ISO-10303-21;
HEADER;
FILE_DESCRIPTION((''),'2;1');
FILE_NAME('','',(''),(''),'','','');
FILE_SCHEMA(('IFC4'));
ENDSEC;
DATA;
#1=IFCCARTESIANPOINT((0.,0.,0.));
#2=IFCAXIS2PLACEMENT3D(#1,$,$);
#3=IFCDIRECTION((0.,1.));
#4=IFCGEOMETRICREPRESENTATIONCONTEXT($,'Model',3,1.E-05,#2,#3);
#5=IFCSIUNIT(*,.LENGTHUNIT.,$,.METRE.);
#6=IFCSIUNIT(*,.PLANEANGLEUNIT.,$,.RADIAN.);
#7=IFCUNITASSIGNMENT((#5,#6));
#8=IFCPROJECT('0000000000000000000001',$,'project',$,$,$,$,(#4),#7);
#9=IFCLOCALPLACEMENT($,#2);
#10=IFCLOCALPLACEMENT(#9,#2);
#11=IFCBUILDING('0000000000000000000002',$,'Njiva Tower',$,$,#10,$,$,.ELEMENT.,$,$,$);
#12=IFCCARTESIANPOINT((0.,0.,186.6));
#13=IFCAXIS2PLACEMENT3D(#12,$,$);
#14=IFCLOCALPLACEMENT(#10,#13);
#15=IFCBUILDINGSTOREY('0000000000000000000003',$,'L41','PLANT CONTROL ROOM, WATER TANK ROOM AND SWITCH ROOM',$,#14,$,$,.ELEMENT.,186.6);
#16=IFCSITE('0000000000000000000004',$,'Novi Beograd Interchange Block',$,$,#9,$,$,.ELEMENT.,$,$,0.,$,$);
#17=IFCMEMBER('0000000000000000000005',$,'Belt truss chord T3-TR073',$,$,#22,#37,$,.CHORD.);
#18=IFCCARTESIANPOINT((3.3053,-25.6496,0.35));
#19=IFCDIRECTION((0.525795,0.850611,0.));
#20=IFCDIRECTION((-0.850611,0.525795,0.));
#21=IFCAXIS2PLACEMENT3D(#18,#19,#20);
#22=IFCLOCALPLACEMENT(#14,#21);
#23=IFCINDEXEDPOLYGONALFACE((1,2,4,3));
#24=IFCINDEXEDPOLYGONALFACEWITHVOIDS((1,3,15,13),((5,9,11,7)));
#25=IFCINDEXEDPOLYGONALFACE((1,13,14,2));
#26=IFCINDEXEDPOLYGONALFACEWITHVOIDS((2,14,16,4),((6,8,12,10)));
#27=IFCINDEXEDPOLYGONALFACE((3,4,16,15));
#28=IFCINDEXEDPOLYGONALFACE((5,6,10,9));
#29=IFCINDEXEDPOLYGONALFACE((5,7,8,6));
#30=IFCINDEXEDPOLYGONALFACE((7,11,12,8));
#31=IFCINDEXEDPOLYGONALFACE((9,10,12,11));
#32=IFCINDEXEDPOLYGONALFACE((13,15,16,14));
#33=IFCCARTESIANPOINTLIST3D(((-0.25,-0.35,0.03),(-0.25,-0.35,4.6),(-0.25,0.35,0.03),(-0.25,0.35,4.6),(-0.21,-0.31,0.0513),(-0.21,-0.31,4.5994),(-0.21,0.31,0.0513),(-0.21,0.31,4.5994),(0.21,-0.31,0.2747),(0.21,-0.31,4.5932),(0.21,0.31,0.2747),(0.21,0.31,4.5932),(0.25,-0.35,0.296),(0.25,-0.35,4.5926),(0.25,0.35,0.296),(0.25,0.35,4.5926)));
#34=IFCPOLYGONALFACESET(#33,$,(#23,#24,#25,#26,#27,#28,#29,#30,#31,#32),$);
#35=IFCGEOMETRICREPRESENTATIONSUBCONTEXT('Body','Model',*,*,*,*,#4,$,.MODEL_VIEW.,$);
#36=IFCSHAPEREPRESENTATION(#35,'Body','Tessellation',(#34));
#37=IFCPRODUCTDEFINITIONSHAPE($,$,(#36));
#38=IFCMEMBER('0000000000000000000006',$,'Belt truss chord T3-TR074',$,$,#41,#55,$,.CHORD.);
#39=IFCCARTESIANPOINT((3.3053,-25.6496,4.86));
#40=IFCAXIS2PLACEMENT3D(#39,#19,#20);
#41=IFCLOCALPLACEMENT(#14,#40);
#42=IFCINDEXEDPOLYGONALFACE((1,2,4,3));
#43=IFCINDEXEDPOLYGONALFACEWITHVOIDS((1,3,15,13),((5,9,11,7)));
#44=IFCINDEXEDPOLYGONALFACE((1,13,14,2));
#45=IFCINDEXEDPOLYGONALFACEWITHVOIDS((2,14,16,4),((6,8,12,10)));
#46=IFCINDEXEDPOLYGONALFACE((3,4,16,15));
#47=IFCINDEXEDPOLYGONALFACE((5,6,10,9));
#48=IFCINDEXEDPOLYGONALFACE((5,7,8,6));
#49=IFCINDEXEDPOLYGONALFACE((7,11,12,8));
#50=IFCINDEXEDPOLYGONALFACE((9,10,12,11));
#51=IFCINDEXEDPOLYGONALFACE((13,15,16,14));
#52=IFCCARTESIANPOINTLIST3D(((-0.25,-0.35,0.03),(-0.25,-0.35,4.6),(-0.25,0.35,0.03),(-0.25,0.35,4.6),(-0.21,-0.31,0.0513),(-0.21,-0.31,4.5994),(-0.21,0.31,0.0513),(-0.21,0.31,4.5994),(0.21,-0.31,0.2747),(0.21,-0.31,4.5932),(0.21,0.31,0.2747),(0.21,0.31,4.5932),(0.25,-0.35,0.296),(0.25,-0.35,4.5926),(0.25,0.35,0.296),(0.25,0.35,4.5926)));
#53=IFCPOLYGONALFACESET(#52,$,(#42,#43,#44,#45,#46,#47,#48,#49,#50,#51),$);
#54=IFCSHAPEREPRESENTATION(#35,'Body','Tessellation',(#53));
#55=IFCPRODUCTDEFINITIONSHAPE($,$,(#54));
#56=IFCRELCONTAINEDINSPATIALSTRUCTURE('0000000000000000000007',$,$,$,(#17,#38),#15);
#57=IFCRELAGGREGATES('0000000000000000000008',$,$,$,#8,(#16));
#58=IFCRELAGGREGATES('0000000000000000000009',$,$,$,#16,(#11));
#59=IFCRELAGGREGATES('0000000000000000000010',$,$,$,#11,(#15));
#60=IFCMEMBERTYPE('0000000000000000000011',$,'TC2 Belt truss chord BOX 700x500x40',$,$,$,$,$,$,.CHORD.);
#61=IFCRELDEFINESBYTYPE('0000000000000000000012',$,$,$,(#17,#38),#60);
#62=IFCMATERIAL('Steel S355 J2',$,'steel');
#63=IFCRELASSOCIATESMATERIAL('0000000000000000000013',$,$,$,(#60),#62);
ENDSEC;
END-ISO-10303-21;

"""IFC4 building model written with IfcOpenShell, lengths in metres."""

from ifc_helpers import new_model, si_unit, direction, frame, origin, origin_2d, place, context, subcontext, project, spatial, hollow_rectangle, extrude, clip, halfspace, material, material_profile, profile_set, type_object, element, save


model = new_model("IFC4")

# Units and contexts
model_context = context("Model", 3, precision=1e-05, world=origin(), true_north=direction((0.0, 1.0)))
body_context = subcontext(model_context, "Body", "Model", "MODEL_VIEW")
ifc_project = project(units=[si_unit("LENGTHUNIT", "METRE"), si_unit("PLANEANGLEUNIT", "RADIAN")], contexts=[model_context])

# Site, building, storey
site_placement = place(None, origin())
site = spatial("IfcSite", under=ifc_project, at=site_placement, Name="Novi Beograd Interchange Block", CompositionType="ELEMENT", RefElevation=0.0)
building_placement = place(site_placement, origin())
building = spatial("IfcBuilding", under=site, at=building_placement, Name="Njiva Tower", CompositionType="ELEMENT")
storey_placement = place(building_placement, frame((0.0, 0.0, 186.6)))
storey = spatial("IfcBuildingStorey", under=building, at=storey_placement, Name="L41", Description="PLANT CONTROL ROOM, WATER TANK ROOM AND SWITCH ROOM", CompositionType="ELEMENT", Elevation=186.6)

# Shared definitions
ifc_material_1 = material(Name="Steel S355 J2", Category="steel")

# Members
ifc_material_profile_1 = material_profile(ifc_material_1, hollow_rectangle(XDim=0.5, YDim=0.7, WallThickness=0.04, at=origin_2d()), Name="BOX 700x500x40")
ifc_profile_set_1 = profile_set([ifc_material_profile_1], Name="Steel S355 J2")
member_type_1 = type_object("IfcMemberType", Name="TC2 Belt truss chord BOX 700x500x40", PredefinedType="CHORD", material=ifc_profile_set_1)
member_1_placement = place(storey_placement, frame((3.3053, -25.6496, 0.35), z_axis=(0.525795, 0.850611, 0.0), x_axis=(-0.850611, 0.525795, 0.0)))
element("IfcMember", 1, at=member_1_placement, inside=storey, type_object=member_type_1, Name="Belt truss chord T3-TR073", PredefinedType="CHORD", context=body_context, shape_type="Clipping", body=[
    clip(clip(extrude(hollow_rectangle(XDim=0.5, YDim=0.7, WallThickness=0.04, at=origin_2d()), origin(), (0.0, 0.0, 1.0), 4.6303), halfspace(frame((0.0, -186.95, 0.163), z_axis=(0.469717, 0.0, -0.882817), x_axis=(0.0, -1.0, 0.0)), False)), halfspace(frame((0.0, -186.95, 4.5963), z_axis=(0.014965, 0.0, 0.999888), x_axis=(0.0, 1.0, 0.0)), False)),
])
member_2_placement = place(storey_placement, frame((3.3053, -25.6496, 4.86), z_axis=(0.525795, 0.850611, 0.0), x_axis=(-0.850611, 0.525795, 0.0)))
element("IfcMember", 2, at=member_2_placement, inside=storey, type_object=member_type_1, Name="Belt truss chord T3-TR074", PredefinedType="CHORD", context=body_context, shape_type="Clipping", body=[
    clip(clip(extrude(hollow_rectangle(XDim=0.5, YDim=0.7, WallThickness=0.04, at=origin_2d()), origin(), (0.0, 0.0, 1.0), 4.6303), halfspace(frame((0.0, -191.46, 0.163), z_axis=(0.469717, 0.0, -0.882817), x_axis=(0.0, -1.0, 0.0)), False)), halfspace(frame((0.0, -191.46, 4.5963), z_axis=(0.014965, 0.0, 0.999888), x_axis=(0.0, 1.0, 0.0)), False)),
])

save(model, "model.ifc")
